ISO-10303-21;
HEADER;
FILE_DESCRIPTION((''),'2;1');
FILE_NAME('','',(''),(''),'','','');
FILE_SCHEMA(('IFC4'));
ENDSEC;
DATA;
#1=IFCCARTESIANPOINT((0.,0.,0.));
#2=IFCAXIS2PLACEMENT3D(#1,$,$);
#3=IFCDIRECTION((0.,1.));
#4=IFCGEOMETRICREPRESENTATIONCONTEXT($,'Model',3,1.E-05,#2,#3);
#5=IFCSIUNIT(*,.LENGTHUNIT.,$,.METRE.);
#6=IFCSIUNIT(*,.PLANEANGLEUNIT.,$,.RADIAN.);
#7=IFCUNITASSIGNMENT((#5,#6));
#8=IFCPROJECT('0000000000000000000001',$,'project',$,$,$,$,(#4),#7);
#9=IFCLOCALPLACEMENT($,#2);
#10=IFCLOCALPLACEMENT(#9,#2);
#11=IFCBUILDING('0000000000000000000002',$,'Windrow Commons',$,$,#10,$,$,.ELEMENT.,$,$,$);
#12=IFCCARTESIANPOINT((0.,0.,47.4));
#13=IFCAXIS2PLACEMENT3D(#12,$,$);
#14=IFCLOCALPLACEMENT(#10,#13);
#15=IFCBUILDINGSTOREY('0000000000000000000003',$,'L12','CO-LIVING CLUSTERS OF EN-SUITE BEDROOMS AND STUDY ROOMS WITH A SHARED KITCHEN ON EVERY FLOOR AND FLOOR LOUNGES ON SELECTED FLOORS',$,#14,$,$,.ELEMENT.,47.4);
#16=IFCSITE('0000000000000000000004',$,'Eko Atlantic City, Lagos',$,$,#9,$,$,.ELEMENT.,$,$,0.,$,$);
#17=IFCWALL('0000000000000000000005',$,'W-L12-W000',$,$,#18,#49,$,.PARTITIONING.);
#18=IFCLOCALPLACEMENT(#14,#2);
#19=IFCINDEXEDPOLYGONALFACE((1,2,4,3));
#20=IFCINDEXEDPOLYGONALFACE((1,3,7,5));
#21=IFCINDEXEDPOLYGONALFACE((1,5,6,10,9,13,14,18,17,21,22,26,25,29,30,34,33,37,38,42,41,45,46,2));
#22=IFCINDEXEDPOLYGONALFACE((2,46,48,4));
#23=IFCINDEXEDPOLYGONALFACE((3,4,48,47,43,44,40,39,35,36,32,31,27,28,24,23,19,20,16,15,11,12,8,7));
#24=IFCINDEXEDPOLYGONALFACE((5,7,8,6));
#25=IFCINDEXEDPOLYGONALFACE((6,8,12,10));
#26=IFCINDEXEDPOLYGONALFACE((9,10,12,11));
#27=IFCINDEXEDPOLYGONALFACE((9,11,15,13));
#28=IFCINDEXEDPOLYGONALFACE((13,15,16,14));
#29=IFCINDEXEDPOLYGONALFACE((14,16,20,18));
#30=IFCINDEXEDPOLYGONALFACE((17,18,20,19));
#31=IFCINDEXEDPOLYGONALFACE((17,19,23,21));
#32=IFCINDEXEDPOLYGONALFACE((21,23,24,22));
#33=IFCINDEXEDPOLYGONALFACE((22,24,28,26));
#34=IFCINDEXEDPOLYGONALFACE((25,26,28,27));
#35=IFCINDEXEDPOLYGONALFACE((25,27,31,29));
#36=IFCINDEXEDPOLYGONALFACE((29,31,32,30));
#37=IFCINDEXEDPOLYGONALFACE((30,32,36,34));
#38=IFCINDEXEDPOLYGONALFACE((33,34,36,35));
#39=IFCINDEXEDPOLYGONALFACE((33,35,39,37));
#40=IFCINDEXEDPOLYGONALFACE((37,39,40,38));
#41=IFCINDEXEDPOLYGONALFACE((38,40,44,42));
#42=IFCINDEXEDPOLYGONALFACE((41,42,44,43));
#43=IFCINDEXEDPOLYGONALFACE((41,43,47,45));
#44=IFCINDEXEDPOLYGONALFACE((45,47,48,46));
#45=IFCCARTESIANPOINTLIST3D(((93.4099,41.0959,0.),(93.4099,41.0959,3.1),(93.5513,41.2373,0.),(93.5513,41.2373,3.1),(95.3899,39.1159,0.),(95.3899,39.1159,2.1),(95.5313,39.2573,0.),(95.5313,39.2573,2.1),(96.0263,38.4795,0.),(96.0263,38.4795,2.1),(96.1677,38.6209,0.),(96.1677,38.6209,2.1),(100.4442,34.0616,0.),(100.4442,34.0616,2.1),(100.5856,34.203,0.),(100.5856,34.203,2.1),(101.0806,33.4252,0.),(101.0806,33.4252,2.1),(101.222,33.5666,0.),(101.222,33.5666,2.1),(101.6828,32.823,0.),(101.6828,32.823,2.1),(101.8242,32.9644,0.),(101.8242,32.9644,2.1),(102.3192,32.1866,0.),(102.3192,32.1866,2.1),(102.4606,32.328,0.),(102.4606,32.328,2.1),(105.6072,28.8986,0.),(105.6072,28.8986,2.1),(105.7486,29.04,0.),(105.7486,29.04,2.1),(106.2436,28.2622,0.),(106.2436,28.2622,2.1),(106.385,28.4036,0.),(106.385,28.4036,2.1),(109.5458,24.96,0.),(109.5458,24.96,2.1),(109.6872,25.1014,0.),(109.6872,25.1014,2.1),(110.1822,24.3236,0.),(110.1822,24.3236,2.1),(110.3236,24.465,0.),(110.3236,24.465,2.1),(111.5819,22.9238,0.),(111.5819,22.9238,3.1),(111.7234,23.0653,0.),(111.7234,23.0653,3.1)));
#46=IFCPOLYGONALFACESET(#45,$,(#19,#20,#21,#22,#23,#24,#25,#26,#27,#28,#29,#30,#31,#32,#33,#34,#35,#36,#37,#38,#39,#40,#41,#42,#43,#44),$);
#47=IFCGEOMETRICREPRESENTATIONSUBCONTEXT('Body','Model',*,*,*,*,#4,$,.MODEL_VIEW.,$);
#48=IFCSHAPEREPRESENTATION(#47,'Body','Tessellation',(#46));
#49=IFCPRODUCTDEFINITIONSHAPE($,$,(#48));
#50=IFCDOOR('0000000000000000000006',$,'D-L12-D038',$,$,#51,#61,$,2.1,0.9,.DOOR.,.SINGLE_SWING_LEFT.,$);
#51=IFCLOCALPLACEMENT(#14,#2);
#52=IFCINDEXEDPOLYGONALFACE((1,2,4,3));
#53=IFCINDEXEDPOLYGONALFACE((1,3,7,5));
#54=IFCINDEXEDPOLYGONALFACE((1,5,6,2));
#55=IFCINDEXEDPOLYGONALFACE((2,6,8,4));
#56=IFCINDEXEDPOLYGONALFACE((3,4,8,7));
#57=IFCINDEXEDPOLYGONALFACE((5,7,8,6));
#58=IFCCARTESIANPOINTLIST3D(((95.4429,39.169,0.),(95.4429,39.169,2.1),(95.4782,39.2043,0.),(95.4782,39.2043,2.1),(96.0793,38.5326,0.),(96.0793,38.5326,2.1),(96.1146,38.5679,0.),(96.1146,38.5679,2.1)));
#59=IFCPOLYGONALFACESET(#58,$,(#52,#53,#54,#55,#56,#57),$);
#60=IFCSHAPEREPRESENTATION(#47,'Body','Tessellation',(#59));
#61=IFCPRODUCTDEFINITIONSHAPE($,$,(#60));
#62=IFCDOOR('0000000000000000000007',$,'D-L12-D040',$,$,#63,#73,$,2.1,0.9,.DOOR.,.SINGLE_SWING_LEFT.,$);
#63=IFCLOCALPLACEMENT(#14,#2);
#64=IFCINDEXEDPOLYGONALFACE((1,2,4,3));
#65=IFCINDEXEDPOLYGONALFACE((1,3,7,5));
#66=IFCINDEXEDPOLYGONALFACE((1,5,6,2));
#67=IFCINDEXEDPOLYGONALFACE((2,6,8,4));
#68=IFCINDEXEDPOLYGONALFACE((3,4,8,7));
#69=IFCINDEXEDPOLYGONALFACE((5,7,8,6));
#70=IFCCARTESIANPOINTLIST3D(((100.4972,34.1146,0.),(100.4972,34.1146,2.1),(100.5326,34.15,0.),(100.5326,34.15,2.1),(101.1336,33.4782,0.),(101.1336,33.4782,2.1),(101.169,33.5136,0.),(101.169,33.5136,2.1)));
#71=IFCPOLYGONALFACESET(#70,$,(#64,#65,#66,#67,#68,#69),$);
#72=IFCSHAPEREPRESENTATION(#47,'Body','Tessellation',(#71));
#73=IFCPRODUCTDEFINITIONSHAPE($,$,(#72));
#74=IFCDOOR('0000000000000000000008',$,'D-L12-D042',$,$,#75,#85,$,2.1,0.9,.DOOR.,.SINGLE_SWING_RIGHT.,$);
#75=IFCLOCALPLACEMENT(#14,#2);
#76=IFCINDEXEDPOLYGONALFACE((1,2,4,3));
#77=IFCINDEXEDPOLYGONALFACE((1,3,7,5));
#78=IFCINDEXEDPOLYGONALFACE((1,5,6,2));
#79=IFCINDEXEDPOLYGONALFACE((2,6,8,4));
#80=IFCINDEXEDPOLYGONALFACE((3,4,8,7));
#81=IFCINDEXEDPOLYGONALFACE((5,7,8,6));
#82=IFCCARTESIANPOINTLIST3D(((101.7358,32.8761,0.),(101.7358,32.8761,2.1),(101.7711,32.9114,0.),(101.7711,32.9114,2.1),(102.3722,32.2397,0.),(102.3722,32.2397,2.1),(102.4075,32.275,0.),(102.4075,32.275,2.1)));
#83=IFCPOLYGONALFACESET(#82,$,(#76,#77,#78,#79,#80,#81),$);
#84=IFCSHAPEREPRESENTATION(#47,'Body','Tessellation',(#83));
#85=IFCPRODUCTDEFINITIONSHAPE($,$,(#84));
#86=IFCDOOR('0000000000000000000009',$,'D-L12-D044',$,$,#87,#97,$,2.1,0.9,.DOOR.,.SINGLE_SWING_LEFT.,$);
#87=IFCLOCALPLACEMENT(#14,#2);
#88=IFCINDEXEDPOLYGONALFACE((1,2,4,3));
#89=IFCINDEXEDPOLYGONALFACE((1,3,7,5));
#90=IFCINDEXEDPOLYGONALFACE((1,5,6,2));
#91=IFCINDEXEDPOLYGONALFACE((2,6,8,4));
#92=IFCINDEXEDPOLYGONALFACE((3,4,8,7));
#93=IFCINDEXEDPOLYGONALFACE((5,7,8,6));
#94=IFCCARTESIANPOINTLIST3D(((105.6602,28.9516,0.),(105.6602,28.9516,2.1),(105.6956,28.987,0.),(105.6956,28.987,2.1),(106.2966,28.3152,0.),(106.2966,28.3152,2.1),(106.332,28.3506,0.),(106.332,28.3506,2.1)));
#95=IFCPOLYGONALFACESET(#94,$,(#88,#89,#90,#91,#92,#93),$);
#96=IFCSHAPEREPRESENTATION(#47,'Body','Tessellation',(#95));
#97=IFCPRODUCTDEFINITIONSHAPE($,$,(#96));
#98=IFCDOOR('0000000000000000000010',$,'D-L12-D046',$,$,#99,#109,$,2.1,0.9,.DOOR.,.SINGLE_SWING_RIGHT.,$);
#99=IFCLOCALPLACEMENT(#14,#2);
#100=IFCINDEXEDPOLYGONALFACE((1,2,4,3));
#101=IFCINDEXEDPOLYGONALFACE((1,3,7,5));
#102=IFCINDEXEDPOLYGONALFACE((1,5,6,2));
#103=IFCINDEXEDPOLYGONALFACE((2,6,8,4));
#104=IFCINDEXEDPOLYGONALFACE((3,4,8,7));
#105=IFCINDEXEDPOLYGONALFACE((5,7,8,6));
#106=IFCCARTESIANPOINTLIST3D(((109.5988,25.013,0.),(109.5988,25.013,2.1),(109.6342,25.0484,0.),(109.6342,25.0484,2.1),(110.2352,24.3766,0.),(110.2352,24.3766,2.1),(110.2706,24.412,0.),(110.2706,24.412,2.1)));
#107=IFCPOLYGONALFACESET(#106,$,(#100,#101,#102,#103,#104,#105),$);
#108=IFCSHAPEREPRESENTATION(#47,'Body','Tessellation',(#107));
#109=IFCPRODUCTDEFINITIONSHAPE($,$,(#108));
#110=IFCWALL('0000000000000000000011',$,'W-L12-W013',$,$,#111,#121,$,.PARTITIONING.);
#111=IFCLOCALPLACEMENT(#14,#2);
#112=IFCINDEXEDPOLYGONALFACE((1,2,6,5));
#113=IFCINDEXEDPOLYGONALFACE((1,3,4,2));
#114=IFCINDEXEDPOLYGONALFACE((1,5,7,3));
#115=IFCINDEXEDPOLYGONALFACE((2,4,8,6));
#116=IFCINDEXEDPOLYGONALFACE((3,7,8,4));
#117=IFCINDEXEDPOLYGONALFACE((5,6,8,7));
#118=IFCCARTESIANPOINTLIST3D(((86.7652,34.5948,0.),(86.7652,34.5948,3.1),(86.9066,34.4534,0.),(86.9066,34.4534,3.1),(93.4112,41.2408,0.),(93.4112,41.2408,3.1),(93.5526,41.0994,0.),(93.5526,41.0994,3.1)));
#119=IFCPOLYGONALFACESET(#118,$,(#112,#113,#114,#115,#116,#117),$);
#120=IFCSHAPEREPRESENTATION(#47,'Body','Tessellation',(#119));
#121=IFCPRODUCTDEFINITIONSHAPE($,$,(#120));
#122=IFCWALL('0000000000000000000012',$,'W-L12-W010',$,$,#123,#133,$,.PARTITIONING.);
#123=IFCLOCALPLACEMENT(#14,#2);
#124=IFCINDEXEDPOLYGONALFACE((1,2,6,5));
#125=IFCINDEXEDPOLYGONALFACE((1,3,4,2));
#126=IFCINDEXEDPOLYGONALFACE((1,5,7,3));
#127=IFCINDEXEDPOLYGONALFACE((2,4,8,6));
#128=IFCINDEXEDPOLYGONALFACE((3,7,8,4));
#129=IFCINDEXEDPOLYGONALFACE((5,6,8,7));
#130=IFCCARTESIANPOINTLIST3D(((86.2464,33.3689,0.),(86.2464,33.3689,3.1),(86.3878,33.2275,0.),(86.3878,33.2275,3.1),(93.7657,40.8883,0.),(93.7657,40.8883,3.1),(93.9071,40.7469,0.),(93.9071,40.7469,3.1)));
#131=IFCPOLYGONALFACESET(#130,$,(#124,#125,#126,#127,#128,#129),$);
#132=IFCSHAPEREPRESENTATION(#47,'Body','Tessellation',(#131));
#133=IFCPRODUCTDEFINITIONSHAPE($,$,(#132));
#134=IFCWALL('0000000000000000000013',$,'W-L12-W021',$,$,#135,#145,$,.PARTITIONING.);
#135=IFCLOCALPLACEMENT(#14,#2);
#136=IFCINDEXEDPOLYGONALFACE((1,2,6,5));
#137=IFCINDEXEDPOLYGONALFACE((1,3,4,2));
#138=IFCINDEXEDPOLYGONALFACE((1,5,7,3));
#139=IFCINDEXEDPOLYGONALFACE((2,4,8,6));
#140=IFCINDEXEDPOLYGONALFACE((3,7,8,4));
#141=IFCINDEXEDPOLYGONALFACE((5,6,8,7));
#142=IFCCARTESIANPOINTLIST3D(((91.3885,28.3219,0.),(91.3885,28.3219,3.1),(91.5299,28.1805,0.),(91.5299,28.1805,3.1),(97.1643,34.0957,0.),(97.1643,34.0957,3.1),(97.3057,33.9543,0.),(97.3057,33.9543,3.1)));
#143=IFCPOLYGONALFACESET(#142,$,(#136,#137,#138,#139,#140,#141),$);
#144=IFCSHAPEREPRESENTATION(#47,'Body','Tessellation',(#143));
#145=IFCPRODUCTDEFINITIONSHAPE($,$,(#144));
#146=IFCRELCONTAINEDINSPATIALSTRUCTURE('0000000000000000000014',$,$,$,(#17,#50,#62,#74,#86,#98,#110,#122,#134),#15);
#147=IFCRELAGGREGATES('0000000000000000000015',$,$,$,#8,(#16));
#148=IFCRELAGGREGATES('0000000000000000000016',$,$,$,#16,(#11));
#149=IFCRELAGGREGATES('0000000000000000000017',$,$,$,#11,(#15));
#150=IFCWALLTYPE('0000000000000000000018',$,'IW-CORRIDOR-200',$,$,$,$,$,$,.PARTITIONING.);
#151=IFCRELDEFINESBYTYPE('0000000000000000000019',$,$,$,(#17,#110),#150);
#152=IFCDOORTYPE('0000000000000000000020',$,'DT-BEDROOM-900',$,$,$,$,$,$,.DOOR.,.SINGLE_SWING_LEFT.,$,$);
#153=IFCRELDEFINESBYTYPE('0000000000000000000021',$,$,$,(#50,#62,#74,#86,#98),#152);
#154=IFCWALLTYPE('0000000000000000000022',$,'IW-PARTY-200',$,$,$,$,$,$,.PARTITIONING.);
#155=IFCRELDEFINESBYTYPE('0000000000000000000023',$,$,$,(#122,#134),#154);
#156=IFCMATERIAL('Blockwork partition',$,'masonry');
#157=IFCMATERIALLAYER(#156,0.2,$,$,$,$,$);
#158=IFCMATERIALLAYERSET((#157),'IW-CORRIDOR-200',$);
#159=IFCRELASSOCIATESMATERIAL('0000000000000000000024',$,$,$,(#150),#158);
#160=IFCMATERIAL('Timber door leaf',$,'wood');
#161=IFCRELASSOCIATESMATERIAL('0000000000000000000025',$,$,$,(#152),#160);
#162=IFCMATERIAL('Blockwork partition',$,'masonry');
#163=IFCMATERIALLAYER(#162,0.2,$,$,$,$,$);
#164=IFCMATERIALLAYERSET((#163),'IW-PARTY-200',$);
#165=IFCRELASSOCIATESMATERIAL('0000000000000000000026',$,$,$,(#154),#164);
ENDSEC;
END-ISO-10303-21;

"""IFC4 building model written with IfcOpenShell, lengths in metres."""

from ifc_helpers import new_model, si_unit, direction, frame, frame_2d, origin, place, context, subcontext, project, spatial, rectangle, extrude, material, layer, layer_set, type_object, element, fill, save


model = new_model("IFC4")

# Units and contexts
model_context = context("Model", 3, precision=1e-05, world=origin(), true_north=direction((0.0, 1.0)))
body_context = subcontext(model_context, "Body", "Model", "MODEL_VIEW")
ifc_project = project(units=[si_unit("LENGTHUNIT", "METRE"), si_unit("PLANEANGLEUNIT", "RADIAN")], contexts=[model_context])

# Site, building, storey
site_placement = place(None, origin())
site = spatial("IfcSite", under=ifc_project, at=site_placement, Name="Eko Atlantic City, Lagos", CompositionType="ELEMENT", RefElevation=0.0)
building_placement = place(site_placement, origin())
building = spatial("IfcBuilding", under=site, at=building_placement, Name="Windrow Commons", CompositionType="ELEMENT")
storey_placement = place(building_placement, frame((0.0, 0.0, 47.4)))
storey = spatial("IfcBuildingStorey", under=building, at=storey_placement, Name="L12", Description="CO-LIVING CLUSTERS OF EN-SUITE BEDROOMS AND STUDY ROOMS WITH A SHARED KITCHEN ON EVERY FLOOR AND FLOOR LOUNGES ON SELECTED FLOORS", CompositionType="ELEMENT", Elevation=47.4)

# Wall, openings, doors
ifc_material_1 = material(Name="Blockwork partition", Category="masonry")
ifc_layer_1 = layer(ifc_material_1, 0.2)
ifc_layer_set_1 = layer_set([ifc_layer_1], Name="IW-CORRIDOR-200")
wall_type_1 = type_object("IfcWallType", Name="IW-CORRIDOR-200", PredefinedType="PARTITIONING", material=ifc_layer_set_1)
wall_1_placement = place(storey_placement, frame((93.4806, 41.1666, 0.0), z_axis=(0.0, 0.0, 1.0), x_axis=(0.707107, -0.707107, 0.0)))
wall_1 = element("IfcWall", 1, at=wall_1_placement, inside=storey, type_object=wall_type_1, Name="W-L12-W000", PredefinedType="PARTITIONING", context=body_context, shape_type="SweptSolid", body=[
    extrude(rectangle(XDim=25.6991, YDim=0.2, at=frame_2d((12.8496, 0.0))), origin(), (0.0, 0.0, 1.0), 3.1),
])
opening_1_placement = place(wall_1_placement, frame((2.8001, 0.0, 0.0)))
opening_1 = element("IfcOpeningElement", 2, at=opening_1_placement, cuts=wall_1, PredefinedType="OPENING", context=body_context, shape_type="SweptSolid", body=[
    extrude(rectangle(XDim=0.9, YDim=2.1, at=frame_2d((0.45, 1.05))), frame((0.0, 0.11, 0.0), z_axis=(0.0, -1.0, 0.0), x_axis=(1.0, 0.0, 0.0)), (0.0, 0.0, 1.0), 0.22),
])
opening_2_placement = place(wall_1_placement, frame((9.948, 0.0, 0.0)))
opening_2 = element("IfcOpeningElement", 3, at=opening_2_placement, cuts=wall_1, PredefinedType="OPENING", context=body_context, shape_type="SweptSolid", body=[
    extrude(rectangle(XDim=0.9, YDim=2.1, at=frame_2d((0.45, 1.05))), frame((0.0, 0.11, 0.0), z_axis=(0.0, -1.0, 0.0), x_axis=(1.0, 0.0, 0.0)), (0.0, 0.0, 1.0), 0.22),
])
opening_3_placement = place(wall_1_placement, frame((11.6996, 0.0, 0.0)))
opening_3 = element("IfcOpeningElement", 4, at=opening_3_placement, cuts=wall_1, PredefinedType="OPENING", context=body_context, shape_type="SweptSolid", body=[
    extrude(rectangle(XDim=0.9, YDim=2.1, at=frame_2d((0.45, 1.05))), frame((0.0, 0.11, 0.0), z_axis=(0.0, -1.0, 0.0), x_axis=(1.0, 0.0, 0.0)), (0.0, 0.0, 1.0), 0.22),
])
opening_4_placement = place(wall_1_placement, frame((17.2496, 0.0, 0.0)))
opening_4 = element("IfcOpeningElement", 5, at=opening_4_placement, cuts=wall_1, PredefinedType="OPENING", context=body_context, shape_type="SweptSolid", body=[
    extrude(rectangle(XDim=0.9, YDim=2.1, at=frame_2d((0.45, 1.05))), frame((0.0, 0.11, 0.0), z_axis=(0.0, -1.0, 0.0), x_axis=(1.0, 0.0, 0.0)), (0.0, 0.0, 1.0), 0.22),
])
opening_5_placement = place(wall_1_placement, frame((22.8196, 0.0, 0.0)))
opening_5 = element("IfcOpeningElement", 6, at=opening_5_placement, cuts=wall_1, PredefinedType="OPENING", context=body_context, shape_type="SweptSolid", body=[
    extrude(rectangle(XDim=0.9, YDim=2.1, at=frame_2d((0.45, 1.05))), frame((0.0, 0.11, 0.0), z_axis=(0.0, -1.0, 0.0), x_axis=(1.0, 0.0, 0.0)), (0.0, 0.0, 1.0), 0.22),
])
ifc_material_2 = material(Name="Timber door leaf", Category="wood")
door_type_1 = type_object("IfcDoorType", Name="DT-BEDROOM-900", OperationType="SINGLE_SWING_LEFT", PredefinedType="DOOR", material=ifc_material_2)
door_1_placement = place(opening_1_placement, origin())
door_1 = element("IfcDoor", 7, at=door_1_placement, inside=storey, type_object=door_type_1, Name="D-L12-D038", OperationType="SINGLE_SWING_LEFT", OverallHeight=2.1, OverallWidth=0.9, PredefinedType="DOOR", context=body_context, shape_type="SweptSolid", body=[
    extrude(rectangle(XDim=0.9, YDim=2.1, at=frame_2d((0.45, 1.05))), frame((0.0, 0.025, 0.0), z_axis=(0.0, -1.0, 0.0), x_axis=(1.0, 0.0, 0.0)), (0.0, 0.0, 1.0), 0.05),
])
fill(opening_1, door_1)
door_2_placement = place(opening_2_placement, origin())
door_2 = element("IfcDoor", 8, at=door_2_placement, inside=storey, type_object=door_type_1, Name="D-L12-D040", OperationType="SINGLE_SWING_LEFT", OverallHeight=2.1, OverallWidth=0.9, PredefinedType="DOOR", context=body_context, shape_type="SweptSolid", body=[
    extrude(rectangle(XDim=0.9, YDim=2.1, at=frame_2d((0.45, 1.05))), frame((0.0, 0.025, 0.0), z_axis=(0.0, -1.0, 0.0), x_axis=(1.0, 0.0, 0.0)), (0.0, 0.0, 1.0), 0.05),
])
fill(opening_2, door_2)
door_3_placement = place(opening_3_placement, origin())
door_3 = element("IfcDoor", 9, at=door_3_placement, inside=storey, type_object=door_type_1, Name="D-L12-D042", OperationType="SINGLE_SWING_RIGHT", OverallHeight=2.1, OverallWidth=0.9, PredefinedType="DOOR", context=body_context, shape_type="SweptSolid", body=[
    extrude(rectangle(XDim=0.9, YDim=2.1, at=frame_2d((0.45, 1.05))), frame((0.0, 0.025, 0.0), z_axis=(0.0, -1.0, 0.0), x_axis=(1.0, 0.0, 0.0)), (0.0, 0.0, 1.0), 0.05),
])
fill(opening_3, door_3)
door_4_placement = place(opening_4_placement, origin())
door_4 = element("IfcDoor", 10, at=door_4_placement, inside=storey, type_object=door_type_1, Name="D-L12-D044", OperationType="SINGLE_SWING_LEFT", OverallHeight=2.1, OverallWidth=0.9, PredefinedType="DOOR", context=body_context, shape_type="SweptSolid", body=[
    extrude(rectangle(XDim=0.9, YDim=2.1, at=frame_2d((0.45, 1.05))), frame((0.0, 0.025, 0.0), z_axis=(0.0, -1.0, 0.0), x_axis=(1.0, 0.0, 0.0)), (0.0, 0.0, 1.0), 0.05),
])
fill(opening_4, door_4)
door_5_placement = place(opening_5_placement, origin())
door_5 = element("IfcDoor", 11, at=door_5_placement, inside=storey, type_object=door_type_1, Name="D-L12-D046", OperationType="SINGLE_SWING_RIGHT", OverallHeight=2.1, OverallWidth=0.9, PredefinedType="DOOR", context=body_context, shape_type="SweptSolid", body=[
    extrude(rectangle(XDim=0.9, YDim=2.1, at=frame_2d((0.45, 1.05))), frame((0.0, 0.025, 0.0), z_axis=(0.0, -1.0, 0.0), x_axis=(1.0, 0.0, 0.0)), (0.0, 0.0, 1.0), 0.05),
])
fill(opening_5, door_5)

# Walls
wall_2_placement = place(storey_placement, frame((86.8359, 34.5241, 0.0), z_axis=(0.0, 0.0, 1.0), x_axis=(0.707107, 0.707107, 0.0)))
element("IfcWall", 12, at=wall_2_placement, inside=storey, type_object=wall_type_1, Name="W-L12-W013", PredefinedType="PARTITIONING", context=body_context, shape_type="SweptSolid", body=[
    extrude(rectangle(XDim=9.3989, YDim=0.2, at=frame_2d((4.6994, 0.0))), origin(), (0.0, 0.0, 1.0), 3.1),
])
ifc_material_3 = material(Name="Blockwork partition", Category="masonry")
ifc_layer_2 = layer(ifc_material_3, 0.2)
ifc_layer_set_2 = layer_set([ifc_layer_2], Name="IW-PARTY-200")
wall_type_2 = type_object("IfcWallType", Name="IW-PARTY-200", PredefinedType="PARTITIONING", material=ifc_layer_set_2)
wall_3_placement = place(storey_placement, frame((86.3171, 33.2982, 0.0), z_axis=(0.0, 0.0, 1.0), x_axis=(0.707102, 0.707111, 0.0)))
element("IfcWall", 13, at=wall_3_placement, inside=storey, type_object=wall_type_2, Name="W-L12-W010", PredefinedType="PARTITIONING", context=body_context, shape_type="SweptSolid", body=[
    extrude(rectangle(XDim=10.634, YDim=0.2, at=frame_2d((5.317, 0.0))), origin(), (0.0, 0.0, 1.0), 3.1),
])
wall_4_placement = place(storey_placement, frame((91.4592, 28.2512, 0.0), z_axis=(0.0, 0.0, 1.0), x_axis=(0.707229, 0.706984, 0.0)))
element("IfcWall", 14, at=wall_4_placement, inside=storey, type_object=wall_type_2, Name="W-L12-W021", PredefinedType="PARTITIONING", context=body_context, shape_type="SweptSolid", body=[
    extrude(rectangle(XDim=8.1668, YDim=0.2, at=frame_2d((4.0834, 0.0))), origin(), (0.0, 0.0, 1.0), 3.1),
])

save(model, "model.ifc")
